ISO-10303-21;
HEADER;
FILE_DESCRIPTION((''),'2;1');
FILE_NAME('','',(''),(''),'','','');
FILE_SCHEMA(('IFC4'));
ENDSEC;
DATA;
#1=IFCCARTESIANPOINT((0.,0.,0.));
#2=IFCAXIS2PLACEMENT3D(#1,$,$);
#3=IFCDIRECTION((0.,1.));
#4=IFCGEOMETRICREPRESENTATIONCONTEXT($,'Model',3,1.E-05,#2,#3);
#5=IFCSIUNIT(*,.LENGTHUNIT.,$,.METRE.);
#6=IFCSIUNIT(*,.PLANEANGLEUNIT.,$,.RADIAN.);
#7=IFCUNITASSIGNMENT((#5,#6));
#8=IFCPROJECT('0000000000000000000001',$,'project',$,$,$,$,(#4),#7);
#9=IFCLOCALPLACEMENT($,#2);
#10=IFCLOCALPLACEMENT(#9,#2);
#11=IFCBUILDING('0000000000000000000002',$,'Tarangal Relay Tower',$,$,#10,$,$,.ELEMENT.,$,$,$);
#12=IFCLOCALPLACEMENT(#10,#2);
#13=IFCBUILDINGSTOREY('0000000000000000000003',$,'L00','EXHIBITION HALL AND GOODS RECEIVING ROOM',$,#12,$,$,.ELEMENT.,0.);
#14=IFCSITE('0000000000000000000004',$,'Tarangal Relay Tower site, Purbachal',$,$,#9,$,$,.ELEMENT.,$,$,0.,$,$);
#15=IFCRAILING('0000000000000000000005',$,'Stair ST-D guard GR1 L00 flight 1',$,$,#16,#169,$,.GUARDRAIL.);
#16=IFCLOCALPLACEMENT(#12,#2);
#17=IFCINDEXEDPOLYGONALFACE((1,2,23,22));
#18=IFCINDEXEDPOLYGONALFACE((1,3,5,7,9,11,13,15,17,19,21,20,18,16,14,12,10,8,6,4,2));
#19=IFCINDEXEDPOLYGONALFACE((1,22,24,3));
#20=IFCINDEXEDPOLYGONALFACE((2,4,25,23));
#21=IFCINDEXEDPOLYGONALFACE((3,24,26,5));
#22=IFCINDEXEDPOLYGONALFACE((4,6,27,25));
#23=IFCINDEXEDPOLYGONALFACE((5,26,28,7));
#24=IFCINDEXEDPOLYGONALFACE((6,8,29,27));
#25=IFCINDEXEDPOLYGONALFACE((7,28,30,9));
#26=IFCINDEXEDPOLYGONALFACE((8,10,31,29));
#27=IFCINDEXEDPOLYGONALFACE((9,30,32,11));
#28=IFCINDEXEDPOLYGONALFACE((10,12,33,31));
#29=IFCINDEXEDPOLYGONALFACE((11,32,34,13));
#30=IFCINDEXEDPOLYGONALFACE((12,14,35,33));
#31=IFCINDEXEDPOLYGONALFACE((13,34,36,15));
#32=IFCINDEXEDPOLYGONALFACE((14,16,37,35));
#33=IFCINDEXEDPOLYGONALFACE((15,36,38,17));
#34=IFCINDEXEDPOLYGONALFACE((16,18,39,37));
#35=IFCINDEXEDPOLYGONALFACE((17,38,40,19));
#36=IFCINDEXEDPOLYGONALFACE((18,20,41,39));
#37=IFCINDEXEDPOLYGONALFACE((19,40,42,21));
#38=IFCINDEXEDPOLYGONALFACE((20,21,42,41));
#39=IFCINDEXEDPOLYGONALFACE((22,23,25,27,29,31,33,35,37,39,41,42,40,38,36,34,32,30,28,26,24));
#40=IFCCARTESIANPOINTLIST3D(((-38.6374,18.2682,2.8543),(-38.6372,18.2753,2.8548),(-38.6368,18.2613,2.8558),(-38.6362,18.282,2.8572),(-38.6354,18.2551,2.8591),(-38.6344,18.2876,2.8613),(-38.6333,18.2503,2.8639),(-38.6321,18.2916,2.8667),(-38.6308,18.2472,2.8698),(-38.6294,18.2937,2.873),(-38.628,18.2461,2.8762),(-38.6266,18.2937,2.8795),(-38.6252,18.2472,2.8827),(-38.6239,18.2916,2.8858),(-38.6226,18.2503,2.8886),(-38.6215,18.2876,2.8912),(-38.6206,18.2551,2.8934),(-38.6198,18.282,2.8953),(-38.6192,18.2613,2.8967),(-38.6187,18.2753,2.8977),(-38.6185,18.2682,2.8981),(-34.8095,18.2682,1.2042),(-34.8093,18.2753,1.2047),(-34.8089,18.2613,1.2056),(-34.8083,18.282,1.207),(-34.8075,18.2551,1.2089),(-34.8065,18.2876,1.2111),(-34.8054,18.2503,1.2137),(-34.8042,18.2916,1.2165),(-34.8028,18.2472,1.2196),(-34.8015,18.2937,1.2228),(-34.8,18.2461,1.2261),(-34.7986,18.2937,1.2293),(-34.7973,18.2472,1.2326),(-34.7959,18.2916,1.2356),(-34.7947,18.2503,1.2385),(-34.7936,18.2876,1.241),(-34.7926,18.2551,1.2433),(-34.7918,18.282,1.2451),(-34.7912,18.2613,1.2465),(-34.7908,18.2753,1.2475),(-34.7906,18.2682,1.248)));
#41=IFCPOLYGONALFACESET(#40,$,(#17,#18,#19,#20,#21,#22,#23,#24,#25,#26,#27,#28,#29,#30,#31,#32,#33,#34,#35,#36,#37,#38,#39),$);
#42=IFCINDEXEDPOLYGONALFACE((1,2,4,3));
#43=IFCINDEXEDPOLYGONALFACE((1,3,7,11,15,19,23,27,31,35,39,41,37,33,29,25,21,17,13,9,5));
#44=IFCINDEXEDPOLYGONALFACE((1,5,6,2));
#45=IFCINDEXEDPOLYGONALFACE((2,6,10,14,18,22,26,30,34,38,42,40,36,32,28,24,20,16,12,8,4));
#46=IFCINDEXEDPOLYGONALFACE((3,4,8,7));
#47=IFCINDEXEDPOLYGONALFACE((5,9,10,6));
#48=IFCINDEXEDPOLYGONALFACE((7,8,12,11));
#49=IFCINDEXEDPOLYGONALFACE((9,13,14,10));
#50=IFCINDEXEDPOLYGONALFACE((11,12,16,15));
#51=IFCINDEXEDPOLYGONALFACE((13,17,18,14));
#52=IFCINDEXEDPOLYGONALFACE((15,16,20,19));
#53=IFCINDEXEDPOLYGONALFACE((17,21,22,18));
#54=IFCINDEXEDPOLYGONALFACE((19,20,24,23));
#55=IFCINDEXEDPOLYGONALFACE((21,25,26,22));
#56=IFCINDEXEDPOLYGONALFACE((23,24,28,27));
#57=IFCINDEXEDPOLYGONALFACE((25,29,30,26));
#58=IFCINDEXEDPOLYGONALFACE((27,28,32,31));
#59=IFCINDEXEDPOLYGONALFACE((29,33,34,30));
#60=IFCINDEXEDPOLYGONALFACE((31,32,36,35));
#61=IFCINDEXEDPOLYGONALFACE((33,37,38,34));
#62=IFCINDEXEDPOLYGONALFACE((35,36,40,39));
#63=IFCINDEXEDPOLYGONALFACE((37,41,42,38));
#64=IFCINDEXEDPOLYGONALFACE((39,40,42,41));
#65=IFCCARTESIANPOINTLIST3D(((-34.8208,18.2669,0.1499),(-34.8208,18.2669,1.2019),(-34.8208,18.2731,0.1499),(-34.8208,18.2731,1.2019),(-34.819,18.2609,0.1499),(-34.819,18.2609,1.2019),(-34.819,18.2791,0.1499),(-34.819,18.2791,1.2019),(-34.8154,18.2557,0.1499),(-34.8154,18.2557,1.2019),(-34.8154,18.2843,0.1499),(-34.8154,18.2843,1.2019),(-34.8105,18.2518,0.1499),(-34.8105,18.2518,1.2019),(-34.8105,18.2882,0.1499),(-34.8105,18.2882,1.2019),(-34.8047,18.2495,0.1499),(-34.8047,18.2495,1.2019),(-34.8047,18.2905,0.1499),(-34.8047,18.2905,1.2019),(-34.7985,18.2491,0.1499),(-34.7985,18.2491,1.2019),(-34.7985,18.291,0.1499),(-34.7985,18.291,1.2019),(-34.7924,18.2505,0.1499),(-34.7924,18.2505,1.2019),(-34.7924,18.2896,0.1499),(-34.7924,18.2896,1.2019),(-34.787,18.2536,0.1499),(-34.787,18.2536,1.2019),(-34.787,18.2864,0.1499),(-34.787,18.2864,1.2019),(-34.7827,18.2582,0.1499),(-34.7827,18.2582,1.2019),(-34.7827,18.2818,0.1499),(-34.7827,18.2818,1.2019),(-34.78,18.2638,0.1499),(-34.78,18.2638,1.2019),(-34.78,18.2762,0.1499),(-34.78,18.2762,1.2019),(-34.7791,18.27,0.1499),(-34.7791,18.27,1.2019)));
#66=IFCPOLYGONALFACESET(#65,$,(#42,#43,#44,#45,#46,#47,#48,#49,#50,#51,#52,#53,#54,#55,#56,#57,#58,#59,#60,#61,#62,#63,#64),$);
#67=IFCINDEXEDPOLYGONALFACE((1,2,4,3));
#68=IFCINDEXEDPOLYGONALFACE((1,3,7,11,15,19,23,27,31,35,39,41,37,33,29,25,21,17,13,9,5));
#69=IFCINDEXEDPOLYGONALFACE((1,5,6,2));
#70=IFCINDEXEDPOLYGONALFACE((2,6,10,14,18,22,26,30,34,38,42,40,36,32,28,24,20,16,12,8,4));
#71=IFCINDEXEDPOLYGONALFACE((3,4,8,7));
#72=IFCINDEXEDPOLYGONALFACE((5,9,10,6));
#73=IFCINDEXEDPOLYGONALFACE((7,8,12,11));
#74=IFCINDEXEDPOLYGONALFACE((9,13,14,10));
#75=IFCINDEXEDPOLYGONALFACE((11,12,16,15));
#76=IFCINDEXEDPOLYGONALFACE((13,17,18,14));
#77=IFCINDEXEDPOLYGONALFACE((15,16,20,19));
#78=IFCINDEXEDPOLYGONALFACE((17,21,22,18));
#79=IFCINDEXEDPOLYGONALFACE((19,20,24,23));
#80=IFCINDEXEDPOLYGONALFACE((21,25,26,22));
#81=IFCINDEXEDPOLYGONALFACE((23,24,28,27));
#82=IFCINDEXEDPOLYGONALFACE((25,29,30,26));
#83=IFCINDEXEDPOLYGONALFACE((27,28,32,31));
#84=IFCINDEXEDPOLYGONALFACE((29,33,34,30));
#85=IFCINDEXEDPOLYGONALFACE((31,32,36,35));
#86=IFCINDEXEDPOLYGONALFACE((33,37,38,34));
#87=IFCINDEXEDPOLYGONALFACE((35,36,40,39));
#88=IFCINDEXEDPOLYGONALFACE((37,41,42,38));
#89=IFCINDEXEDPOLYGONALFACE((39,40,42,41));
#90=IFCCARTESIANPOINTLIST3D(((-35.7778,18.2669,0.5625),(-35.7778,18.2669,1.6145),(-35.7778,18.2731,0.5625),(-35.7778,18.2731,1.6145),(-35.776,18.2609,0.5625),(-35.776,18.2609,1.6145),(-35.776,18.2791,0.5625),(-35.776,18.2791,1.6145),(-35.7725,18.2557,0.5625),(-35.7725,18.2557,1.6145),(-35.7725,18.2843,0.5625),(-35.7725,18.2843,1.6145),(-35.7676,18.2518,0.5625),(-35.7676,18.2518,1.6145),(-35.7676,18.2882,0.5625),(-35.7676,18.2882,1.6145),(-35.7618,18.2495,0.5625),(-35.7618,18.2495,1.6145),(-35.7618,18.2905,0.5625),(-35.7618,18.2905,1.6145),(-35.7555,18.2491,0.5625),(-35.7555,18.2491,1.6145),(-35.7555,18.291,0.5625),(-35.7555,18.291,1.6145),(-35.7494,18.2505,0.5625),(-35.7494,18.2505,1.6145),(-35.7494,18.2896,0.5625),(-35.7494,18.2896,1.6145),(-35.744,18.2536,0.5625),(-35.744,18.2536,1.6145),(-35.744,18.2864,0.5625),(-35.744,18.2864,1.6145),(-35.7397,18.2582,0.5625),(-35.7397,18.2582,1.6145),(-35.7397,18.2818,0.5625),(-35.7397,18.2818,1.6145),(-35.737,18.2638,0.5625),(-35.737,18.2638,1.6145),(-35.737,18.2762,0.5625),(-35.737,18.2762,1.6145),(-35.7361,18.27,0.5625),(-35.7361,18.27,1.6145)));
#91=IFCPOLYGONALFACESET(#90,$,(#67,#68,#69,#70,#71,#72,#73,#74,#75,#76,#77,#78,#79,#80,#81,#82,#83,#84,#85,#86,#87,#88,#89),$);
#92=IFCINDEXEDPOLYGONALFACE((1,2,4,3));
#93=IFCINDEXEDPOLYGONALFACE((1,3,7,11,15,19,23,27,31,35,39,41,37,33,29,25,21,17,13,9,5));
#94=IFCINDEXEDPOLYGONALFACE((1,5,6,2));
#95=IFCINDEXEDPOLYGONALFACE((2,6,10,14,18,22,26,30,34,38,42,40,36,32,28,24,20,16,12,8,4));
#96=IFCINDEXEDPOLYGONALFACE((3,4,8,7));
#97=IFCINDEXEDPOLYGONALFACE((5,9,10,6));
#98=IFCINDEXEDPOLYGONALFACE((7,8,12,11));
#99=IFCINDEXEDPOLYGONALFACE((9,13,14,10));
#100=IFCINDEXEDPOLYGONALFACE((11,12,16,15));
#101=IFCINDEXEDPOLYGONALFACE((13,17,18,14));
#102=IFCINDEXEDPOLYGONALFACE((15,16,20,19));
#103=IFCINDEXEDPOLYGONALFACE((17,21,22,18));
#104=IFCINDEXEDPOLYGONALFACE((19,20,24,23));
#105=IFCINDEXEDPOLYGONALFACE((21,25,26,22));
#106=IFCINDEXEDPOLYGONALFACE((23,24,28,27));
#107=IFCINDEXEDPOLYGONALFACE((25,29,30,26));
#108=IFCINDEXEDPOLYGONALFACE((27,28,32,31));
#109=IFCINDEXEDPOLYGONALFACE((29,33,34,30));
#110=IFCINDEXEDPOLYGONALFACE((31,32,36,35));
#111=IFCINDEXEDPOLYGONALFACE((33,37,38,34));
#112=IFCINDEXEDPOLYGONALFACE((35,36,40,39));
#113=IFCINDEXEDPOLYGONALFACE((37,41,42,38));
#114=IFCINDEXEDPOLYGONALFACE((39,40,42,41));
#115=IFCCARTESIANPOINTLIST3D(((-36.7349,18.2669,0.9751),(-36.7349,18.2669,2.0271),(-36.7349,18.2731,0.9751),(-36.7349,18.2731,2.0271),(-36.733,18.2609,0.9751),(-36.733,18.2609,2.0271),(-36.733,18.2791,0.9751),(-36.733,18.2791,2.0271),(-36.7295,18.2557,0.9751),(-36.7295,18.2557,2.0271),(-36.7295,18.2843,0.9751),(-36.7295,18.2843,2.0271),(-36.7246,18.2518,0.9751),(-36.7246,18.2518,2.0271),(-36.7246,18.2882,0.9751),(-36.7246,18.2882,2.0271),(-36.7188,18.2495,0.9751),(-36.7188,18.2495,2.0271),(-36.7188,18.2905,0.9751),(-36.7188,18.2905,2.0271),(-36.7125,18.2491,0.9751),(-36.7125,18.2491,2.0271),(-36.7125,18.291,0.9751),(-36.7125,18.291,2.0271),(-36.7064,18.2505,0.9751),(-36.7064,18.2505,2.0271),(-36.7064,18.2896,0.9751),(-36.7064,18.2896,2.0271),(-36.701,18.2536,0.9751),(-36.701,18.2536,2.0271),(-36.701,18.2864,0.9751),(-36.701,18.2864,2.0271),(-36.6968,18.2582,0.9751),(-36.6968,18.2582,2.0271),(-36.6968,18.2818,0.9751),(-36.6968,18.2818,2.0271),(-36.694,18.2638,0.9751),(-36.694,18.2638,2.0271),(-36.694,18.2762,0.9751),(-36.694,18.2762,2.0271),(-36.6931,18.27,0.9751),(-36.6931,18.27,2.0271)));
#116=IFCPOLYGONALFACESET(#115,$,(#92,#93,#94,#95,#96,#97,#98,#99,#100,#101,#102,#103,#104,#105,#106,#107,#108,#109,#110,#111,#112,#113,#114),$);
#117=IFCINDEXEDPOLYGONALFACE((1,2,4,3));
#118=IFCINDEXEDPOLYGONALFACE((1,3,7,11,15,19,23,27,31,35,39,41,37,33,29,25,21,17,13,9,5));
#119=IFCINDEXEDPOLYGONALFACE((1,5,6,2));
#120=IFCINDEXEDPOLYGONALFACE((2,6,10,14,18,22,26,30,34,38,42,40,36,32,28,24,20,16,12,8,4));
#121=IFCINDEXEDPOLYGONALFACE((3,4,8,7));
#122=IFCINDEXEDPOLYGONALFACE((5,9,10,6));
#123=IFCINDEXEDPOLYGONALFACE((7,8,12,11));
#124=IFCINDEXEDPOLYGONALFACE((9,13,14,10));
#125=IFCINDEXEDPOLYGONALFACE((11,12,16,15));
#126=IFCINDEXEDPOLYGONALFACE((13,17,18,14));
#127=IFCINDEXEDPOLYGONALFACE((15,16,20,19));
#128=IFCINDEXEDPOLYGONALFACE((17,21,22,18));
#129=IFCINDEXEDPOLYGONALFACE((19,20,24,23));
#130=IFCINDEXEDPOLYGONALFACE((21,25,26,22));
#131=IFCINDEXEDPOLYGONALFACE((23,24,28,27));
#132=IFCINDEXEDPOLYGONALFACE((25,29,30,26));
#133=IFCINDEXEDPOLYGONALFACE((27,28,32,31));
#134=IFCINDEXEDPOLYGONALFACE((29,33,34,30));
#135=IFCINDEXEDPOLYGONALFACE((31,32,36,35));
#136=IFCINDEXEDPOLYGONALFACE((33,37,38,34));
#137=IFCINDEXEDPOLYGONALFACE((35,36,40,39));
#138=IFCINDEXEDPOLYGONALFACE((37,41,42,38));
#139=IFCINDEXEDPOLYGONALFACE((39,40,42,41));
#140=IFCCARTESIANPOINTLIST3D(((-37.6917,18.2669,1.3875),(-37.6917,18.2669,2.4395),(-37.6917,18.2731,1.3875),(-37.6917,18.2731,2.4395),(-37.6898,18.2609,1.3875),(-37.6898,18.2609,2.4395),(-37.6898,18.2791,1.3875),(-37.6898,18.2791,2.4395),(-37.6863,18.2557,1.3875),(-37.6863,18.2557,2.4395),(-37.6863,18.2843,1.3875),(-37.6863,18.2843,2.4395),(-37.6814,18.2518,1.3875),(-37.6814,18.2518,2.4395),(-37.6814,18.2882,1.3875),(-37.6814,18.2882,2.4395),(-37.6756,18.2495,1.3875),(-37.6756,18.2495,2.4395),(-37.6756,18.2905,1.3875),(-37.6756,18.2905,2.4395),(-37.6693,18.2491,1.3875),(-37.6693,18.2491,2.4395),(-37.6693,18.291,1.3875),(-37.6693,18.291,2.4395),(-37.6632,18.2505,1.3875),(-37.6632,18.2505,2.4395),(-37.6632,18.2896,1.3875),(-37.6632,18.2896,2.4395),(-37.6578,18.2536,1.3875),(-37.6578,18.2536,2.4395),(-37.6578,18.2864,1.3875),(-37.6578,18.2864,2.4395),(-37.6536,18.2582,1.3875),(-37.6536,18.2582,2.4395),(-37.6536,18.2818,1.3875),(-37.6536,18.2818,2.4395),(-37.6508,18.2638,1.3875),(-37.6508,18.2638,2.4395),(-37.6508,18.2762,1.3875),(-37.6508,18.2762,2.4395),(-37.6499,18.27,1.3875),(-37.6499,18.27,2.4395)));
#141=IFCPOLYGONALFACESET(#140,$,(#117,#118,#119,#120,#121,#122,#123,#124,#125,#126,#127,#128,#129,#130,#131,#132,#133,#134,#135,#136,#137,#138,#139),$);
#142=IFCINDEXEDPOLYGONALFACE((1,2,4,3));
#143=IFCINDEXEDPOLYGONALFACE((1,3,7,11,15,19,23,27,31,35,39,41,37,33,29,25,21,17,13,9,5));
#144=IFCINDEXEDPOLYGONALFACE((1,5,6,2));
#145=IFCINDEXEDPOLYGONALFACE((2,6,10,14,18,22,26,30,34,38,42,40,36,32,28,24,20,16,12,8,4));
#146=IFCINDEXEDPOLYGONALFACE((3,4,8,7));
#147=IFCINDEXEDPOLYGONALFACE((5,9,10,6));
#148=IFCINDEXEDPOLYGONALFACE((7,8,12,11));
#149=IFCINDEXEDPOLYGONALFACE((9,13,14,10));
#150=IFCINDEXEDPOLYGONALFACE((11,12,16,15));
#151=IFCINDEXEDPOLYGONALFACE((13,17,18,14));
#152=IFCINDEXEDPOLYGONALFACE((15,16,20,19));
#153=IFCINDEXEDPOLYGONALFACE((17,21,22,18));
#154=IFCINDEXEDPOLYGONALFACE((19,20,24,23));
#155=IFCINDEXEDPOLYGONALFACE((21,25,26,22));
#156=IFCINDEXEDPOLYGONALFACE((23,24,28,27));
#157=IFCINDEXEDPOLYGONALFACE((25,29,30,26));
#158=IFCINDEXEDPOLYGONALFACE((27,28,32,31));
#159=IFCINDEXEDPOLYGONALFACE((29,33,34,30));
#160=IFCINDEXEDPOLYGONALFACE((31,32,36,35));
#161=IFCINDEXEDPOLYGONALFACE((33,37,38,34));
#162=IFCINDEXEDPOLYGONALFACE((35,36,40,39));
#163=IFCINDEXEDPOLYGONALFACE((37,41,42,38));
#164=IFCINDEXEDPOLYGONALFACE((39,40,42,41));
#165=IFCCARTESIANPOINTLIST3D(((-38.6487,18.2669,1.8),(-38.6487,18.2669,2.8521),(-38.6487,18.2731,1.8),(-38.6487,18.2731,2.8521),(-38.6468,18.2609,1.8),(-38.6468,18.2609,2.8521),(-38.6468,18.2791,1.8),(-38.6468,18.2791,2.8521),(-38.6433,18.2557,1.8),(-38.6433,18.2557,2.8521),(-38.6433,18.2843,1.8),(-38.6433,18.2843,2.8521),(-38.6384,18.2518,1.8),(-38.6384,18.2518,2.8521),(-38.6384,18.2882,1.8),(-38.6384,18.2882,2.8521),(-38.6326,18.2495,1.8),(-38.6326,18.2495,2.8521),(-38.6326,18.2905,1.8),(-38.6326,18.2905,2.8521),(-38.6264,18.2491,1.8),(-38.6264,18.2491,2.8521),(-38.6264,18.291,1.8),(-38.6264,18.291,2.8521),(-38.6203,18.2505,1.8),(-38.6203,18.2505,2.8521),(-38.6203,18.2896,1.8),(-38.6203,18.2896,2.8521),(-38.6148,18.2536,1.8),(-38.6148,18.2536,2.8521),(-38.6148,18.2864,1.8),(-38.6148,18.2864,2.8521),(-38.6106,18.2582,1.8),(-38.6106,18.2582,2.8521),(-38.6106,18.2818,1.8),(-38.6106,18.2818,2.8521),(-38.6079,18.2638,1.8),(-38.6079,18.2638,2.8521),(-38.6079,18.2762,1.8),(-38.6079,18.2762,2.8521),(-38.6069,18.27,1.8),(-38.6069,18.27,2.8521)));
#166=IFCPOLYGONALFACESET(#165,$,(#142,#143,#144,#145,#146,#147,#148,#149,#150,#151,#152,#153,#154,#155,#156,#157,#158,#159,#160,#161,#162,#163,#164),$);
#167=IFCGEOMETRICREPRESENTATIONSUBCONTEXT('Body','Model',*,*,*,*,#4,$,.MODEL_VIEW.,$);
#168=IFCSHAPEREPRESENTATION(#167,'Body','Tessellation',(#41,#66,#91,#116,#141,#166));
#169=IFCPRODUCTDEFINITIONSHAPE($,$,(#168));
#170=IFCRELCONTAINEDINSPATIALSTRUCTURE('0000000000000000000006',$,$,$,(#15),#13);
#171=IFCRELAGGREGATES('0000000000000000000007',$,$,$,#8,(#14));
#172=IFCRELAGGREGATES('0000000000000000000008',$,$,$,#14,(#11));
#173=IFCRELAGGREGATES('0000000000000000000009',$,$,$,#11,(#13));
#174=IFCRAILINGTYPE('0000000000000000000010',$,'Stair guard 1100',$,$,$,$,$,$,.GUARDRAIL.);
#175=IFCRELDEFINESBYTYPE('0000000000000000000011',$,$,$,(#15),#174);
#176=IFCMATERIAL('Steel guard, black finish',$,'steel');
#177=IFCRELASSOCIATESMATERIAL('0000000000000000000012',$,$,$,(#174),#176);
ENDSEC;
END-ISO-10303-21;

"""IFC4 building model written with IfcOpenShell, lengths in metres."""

from ifc_helpers import new_model, si_unit, direction, frame, origin, origin_2d, place, context, subcontext, project, spatial, circle, extrude, material, type_object, element, save


model = new_model("IFC4")

# Units and contexts
model_context = context("Model", 3, precision=1e-05, world=origin(), true_north=direction((0.0, 1.0)))
body_context = subcontext(model_context, "Body", "Model", "MODEL_VIEW")
ifc_project = project(units=[si_unit("LENGTHUNIT", "METRE"), si_unit("PLANEANGLEUNIT", "RADIAN")], contexts=[model_context])

# Site, building, storey
site_placement = place(None, origin())
site = spatial("IfcSite", under=ifc_project, at=site_placement, Name="Tarangal Relay Tower site, Purbachal", CompositionType="ELEMENT", RefElevation=0.0)
building_placement = place(site_placement, origin())
building = spatial("IfcBuilding", under=site, at=building_placement, Name="Tarangal Relay Tower", CompositionType="ELEMENT")
storey_placement = place(building_placement, origin())
storey = spatial("IfcBuildingStorey", under=building, at=storey_placement, Name="L00", Description="EXHIBITION HALL AND GOODS RECEIVING ROOM", CompositionType="ELEMENT", Elevation=0.0)

# Railing
ifc_material_1 = material(Name="Steel guard, black finish", Category="steel")
railing_type_1 = type_object("IfcRailingType", Name="Stair guard 1100", PredefinedType="GUARDRAIL", material=ifc_material_1)
railing_1_placement = place(storey_placement, frame((-34.8, 18.27, 0.1499)))
element("IfcRailing", 1, at=railing_1_placement, inside=storey, type_object=railing_type_1, Name="Stair ST-D guard GR1 L00 flight 1", PredefinedType="GUARDRAIL", context=body_context, shape_type="SweptSolid", body=[
    extrude(circle(Radius=0.0239, at=origin_2d()), frame((0.0, 0.0, 1.0762), z_axis=(-0.918307, 0.0, 0.395869), x_axis=(0.0, -1.0, 0.0)), (0.0, 0.0, 1.0), 4.1685),
    extrude(circle(Radius=0.021, at=origin_2d()), origin(), (0.0, 0.0, 1.0), 1.052),
    extrude(circle(Radius=0.021, at=origin_2d()), frame((-0.957, 0.0, 0.4126)), (0.0, 0.0, 1.0), 1.052),
    extrude(circle(Radius=0.021, at=origin_2d()), frame((-1.9141, 0.0, 0.8252)), (0.0, 0.0, 1.0), 1.052),
    extrude(circle(Radius=0.021, at=origin_2d()), frame((-2.8708, 0.0, 1.2375)), (0.0, 0.0, 1.0), 1.052),
    extrude(circle(Radius=0.021, at=origin_2d()), frame((-3.8279, 0.0, 1.6501)), (0.0, 0.0, 1.0), 1.052),
])

save(model, "model.ifc")
